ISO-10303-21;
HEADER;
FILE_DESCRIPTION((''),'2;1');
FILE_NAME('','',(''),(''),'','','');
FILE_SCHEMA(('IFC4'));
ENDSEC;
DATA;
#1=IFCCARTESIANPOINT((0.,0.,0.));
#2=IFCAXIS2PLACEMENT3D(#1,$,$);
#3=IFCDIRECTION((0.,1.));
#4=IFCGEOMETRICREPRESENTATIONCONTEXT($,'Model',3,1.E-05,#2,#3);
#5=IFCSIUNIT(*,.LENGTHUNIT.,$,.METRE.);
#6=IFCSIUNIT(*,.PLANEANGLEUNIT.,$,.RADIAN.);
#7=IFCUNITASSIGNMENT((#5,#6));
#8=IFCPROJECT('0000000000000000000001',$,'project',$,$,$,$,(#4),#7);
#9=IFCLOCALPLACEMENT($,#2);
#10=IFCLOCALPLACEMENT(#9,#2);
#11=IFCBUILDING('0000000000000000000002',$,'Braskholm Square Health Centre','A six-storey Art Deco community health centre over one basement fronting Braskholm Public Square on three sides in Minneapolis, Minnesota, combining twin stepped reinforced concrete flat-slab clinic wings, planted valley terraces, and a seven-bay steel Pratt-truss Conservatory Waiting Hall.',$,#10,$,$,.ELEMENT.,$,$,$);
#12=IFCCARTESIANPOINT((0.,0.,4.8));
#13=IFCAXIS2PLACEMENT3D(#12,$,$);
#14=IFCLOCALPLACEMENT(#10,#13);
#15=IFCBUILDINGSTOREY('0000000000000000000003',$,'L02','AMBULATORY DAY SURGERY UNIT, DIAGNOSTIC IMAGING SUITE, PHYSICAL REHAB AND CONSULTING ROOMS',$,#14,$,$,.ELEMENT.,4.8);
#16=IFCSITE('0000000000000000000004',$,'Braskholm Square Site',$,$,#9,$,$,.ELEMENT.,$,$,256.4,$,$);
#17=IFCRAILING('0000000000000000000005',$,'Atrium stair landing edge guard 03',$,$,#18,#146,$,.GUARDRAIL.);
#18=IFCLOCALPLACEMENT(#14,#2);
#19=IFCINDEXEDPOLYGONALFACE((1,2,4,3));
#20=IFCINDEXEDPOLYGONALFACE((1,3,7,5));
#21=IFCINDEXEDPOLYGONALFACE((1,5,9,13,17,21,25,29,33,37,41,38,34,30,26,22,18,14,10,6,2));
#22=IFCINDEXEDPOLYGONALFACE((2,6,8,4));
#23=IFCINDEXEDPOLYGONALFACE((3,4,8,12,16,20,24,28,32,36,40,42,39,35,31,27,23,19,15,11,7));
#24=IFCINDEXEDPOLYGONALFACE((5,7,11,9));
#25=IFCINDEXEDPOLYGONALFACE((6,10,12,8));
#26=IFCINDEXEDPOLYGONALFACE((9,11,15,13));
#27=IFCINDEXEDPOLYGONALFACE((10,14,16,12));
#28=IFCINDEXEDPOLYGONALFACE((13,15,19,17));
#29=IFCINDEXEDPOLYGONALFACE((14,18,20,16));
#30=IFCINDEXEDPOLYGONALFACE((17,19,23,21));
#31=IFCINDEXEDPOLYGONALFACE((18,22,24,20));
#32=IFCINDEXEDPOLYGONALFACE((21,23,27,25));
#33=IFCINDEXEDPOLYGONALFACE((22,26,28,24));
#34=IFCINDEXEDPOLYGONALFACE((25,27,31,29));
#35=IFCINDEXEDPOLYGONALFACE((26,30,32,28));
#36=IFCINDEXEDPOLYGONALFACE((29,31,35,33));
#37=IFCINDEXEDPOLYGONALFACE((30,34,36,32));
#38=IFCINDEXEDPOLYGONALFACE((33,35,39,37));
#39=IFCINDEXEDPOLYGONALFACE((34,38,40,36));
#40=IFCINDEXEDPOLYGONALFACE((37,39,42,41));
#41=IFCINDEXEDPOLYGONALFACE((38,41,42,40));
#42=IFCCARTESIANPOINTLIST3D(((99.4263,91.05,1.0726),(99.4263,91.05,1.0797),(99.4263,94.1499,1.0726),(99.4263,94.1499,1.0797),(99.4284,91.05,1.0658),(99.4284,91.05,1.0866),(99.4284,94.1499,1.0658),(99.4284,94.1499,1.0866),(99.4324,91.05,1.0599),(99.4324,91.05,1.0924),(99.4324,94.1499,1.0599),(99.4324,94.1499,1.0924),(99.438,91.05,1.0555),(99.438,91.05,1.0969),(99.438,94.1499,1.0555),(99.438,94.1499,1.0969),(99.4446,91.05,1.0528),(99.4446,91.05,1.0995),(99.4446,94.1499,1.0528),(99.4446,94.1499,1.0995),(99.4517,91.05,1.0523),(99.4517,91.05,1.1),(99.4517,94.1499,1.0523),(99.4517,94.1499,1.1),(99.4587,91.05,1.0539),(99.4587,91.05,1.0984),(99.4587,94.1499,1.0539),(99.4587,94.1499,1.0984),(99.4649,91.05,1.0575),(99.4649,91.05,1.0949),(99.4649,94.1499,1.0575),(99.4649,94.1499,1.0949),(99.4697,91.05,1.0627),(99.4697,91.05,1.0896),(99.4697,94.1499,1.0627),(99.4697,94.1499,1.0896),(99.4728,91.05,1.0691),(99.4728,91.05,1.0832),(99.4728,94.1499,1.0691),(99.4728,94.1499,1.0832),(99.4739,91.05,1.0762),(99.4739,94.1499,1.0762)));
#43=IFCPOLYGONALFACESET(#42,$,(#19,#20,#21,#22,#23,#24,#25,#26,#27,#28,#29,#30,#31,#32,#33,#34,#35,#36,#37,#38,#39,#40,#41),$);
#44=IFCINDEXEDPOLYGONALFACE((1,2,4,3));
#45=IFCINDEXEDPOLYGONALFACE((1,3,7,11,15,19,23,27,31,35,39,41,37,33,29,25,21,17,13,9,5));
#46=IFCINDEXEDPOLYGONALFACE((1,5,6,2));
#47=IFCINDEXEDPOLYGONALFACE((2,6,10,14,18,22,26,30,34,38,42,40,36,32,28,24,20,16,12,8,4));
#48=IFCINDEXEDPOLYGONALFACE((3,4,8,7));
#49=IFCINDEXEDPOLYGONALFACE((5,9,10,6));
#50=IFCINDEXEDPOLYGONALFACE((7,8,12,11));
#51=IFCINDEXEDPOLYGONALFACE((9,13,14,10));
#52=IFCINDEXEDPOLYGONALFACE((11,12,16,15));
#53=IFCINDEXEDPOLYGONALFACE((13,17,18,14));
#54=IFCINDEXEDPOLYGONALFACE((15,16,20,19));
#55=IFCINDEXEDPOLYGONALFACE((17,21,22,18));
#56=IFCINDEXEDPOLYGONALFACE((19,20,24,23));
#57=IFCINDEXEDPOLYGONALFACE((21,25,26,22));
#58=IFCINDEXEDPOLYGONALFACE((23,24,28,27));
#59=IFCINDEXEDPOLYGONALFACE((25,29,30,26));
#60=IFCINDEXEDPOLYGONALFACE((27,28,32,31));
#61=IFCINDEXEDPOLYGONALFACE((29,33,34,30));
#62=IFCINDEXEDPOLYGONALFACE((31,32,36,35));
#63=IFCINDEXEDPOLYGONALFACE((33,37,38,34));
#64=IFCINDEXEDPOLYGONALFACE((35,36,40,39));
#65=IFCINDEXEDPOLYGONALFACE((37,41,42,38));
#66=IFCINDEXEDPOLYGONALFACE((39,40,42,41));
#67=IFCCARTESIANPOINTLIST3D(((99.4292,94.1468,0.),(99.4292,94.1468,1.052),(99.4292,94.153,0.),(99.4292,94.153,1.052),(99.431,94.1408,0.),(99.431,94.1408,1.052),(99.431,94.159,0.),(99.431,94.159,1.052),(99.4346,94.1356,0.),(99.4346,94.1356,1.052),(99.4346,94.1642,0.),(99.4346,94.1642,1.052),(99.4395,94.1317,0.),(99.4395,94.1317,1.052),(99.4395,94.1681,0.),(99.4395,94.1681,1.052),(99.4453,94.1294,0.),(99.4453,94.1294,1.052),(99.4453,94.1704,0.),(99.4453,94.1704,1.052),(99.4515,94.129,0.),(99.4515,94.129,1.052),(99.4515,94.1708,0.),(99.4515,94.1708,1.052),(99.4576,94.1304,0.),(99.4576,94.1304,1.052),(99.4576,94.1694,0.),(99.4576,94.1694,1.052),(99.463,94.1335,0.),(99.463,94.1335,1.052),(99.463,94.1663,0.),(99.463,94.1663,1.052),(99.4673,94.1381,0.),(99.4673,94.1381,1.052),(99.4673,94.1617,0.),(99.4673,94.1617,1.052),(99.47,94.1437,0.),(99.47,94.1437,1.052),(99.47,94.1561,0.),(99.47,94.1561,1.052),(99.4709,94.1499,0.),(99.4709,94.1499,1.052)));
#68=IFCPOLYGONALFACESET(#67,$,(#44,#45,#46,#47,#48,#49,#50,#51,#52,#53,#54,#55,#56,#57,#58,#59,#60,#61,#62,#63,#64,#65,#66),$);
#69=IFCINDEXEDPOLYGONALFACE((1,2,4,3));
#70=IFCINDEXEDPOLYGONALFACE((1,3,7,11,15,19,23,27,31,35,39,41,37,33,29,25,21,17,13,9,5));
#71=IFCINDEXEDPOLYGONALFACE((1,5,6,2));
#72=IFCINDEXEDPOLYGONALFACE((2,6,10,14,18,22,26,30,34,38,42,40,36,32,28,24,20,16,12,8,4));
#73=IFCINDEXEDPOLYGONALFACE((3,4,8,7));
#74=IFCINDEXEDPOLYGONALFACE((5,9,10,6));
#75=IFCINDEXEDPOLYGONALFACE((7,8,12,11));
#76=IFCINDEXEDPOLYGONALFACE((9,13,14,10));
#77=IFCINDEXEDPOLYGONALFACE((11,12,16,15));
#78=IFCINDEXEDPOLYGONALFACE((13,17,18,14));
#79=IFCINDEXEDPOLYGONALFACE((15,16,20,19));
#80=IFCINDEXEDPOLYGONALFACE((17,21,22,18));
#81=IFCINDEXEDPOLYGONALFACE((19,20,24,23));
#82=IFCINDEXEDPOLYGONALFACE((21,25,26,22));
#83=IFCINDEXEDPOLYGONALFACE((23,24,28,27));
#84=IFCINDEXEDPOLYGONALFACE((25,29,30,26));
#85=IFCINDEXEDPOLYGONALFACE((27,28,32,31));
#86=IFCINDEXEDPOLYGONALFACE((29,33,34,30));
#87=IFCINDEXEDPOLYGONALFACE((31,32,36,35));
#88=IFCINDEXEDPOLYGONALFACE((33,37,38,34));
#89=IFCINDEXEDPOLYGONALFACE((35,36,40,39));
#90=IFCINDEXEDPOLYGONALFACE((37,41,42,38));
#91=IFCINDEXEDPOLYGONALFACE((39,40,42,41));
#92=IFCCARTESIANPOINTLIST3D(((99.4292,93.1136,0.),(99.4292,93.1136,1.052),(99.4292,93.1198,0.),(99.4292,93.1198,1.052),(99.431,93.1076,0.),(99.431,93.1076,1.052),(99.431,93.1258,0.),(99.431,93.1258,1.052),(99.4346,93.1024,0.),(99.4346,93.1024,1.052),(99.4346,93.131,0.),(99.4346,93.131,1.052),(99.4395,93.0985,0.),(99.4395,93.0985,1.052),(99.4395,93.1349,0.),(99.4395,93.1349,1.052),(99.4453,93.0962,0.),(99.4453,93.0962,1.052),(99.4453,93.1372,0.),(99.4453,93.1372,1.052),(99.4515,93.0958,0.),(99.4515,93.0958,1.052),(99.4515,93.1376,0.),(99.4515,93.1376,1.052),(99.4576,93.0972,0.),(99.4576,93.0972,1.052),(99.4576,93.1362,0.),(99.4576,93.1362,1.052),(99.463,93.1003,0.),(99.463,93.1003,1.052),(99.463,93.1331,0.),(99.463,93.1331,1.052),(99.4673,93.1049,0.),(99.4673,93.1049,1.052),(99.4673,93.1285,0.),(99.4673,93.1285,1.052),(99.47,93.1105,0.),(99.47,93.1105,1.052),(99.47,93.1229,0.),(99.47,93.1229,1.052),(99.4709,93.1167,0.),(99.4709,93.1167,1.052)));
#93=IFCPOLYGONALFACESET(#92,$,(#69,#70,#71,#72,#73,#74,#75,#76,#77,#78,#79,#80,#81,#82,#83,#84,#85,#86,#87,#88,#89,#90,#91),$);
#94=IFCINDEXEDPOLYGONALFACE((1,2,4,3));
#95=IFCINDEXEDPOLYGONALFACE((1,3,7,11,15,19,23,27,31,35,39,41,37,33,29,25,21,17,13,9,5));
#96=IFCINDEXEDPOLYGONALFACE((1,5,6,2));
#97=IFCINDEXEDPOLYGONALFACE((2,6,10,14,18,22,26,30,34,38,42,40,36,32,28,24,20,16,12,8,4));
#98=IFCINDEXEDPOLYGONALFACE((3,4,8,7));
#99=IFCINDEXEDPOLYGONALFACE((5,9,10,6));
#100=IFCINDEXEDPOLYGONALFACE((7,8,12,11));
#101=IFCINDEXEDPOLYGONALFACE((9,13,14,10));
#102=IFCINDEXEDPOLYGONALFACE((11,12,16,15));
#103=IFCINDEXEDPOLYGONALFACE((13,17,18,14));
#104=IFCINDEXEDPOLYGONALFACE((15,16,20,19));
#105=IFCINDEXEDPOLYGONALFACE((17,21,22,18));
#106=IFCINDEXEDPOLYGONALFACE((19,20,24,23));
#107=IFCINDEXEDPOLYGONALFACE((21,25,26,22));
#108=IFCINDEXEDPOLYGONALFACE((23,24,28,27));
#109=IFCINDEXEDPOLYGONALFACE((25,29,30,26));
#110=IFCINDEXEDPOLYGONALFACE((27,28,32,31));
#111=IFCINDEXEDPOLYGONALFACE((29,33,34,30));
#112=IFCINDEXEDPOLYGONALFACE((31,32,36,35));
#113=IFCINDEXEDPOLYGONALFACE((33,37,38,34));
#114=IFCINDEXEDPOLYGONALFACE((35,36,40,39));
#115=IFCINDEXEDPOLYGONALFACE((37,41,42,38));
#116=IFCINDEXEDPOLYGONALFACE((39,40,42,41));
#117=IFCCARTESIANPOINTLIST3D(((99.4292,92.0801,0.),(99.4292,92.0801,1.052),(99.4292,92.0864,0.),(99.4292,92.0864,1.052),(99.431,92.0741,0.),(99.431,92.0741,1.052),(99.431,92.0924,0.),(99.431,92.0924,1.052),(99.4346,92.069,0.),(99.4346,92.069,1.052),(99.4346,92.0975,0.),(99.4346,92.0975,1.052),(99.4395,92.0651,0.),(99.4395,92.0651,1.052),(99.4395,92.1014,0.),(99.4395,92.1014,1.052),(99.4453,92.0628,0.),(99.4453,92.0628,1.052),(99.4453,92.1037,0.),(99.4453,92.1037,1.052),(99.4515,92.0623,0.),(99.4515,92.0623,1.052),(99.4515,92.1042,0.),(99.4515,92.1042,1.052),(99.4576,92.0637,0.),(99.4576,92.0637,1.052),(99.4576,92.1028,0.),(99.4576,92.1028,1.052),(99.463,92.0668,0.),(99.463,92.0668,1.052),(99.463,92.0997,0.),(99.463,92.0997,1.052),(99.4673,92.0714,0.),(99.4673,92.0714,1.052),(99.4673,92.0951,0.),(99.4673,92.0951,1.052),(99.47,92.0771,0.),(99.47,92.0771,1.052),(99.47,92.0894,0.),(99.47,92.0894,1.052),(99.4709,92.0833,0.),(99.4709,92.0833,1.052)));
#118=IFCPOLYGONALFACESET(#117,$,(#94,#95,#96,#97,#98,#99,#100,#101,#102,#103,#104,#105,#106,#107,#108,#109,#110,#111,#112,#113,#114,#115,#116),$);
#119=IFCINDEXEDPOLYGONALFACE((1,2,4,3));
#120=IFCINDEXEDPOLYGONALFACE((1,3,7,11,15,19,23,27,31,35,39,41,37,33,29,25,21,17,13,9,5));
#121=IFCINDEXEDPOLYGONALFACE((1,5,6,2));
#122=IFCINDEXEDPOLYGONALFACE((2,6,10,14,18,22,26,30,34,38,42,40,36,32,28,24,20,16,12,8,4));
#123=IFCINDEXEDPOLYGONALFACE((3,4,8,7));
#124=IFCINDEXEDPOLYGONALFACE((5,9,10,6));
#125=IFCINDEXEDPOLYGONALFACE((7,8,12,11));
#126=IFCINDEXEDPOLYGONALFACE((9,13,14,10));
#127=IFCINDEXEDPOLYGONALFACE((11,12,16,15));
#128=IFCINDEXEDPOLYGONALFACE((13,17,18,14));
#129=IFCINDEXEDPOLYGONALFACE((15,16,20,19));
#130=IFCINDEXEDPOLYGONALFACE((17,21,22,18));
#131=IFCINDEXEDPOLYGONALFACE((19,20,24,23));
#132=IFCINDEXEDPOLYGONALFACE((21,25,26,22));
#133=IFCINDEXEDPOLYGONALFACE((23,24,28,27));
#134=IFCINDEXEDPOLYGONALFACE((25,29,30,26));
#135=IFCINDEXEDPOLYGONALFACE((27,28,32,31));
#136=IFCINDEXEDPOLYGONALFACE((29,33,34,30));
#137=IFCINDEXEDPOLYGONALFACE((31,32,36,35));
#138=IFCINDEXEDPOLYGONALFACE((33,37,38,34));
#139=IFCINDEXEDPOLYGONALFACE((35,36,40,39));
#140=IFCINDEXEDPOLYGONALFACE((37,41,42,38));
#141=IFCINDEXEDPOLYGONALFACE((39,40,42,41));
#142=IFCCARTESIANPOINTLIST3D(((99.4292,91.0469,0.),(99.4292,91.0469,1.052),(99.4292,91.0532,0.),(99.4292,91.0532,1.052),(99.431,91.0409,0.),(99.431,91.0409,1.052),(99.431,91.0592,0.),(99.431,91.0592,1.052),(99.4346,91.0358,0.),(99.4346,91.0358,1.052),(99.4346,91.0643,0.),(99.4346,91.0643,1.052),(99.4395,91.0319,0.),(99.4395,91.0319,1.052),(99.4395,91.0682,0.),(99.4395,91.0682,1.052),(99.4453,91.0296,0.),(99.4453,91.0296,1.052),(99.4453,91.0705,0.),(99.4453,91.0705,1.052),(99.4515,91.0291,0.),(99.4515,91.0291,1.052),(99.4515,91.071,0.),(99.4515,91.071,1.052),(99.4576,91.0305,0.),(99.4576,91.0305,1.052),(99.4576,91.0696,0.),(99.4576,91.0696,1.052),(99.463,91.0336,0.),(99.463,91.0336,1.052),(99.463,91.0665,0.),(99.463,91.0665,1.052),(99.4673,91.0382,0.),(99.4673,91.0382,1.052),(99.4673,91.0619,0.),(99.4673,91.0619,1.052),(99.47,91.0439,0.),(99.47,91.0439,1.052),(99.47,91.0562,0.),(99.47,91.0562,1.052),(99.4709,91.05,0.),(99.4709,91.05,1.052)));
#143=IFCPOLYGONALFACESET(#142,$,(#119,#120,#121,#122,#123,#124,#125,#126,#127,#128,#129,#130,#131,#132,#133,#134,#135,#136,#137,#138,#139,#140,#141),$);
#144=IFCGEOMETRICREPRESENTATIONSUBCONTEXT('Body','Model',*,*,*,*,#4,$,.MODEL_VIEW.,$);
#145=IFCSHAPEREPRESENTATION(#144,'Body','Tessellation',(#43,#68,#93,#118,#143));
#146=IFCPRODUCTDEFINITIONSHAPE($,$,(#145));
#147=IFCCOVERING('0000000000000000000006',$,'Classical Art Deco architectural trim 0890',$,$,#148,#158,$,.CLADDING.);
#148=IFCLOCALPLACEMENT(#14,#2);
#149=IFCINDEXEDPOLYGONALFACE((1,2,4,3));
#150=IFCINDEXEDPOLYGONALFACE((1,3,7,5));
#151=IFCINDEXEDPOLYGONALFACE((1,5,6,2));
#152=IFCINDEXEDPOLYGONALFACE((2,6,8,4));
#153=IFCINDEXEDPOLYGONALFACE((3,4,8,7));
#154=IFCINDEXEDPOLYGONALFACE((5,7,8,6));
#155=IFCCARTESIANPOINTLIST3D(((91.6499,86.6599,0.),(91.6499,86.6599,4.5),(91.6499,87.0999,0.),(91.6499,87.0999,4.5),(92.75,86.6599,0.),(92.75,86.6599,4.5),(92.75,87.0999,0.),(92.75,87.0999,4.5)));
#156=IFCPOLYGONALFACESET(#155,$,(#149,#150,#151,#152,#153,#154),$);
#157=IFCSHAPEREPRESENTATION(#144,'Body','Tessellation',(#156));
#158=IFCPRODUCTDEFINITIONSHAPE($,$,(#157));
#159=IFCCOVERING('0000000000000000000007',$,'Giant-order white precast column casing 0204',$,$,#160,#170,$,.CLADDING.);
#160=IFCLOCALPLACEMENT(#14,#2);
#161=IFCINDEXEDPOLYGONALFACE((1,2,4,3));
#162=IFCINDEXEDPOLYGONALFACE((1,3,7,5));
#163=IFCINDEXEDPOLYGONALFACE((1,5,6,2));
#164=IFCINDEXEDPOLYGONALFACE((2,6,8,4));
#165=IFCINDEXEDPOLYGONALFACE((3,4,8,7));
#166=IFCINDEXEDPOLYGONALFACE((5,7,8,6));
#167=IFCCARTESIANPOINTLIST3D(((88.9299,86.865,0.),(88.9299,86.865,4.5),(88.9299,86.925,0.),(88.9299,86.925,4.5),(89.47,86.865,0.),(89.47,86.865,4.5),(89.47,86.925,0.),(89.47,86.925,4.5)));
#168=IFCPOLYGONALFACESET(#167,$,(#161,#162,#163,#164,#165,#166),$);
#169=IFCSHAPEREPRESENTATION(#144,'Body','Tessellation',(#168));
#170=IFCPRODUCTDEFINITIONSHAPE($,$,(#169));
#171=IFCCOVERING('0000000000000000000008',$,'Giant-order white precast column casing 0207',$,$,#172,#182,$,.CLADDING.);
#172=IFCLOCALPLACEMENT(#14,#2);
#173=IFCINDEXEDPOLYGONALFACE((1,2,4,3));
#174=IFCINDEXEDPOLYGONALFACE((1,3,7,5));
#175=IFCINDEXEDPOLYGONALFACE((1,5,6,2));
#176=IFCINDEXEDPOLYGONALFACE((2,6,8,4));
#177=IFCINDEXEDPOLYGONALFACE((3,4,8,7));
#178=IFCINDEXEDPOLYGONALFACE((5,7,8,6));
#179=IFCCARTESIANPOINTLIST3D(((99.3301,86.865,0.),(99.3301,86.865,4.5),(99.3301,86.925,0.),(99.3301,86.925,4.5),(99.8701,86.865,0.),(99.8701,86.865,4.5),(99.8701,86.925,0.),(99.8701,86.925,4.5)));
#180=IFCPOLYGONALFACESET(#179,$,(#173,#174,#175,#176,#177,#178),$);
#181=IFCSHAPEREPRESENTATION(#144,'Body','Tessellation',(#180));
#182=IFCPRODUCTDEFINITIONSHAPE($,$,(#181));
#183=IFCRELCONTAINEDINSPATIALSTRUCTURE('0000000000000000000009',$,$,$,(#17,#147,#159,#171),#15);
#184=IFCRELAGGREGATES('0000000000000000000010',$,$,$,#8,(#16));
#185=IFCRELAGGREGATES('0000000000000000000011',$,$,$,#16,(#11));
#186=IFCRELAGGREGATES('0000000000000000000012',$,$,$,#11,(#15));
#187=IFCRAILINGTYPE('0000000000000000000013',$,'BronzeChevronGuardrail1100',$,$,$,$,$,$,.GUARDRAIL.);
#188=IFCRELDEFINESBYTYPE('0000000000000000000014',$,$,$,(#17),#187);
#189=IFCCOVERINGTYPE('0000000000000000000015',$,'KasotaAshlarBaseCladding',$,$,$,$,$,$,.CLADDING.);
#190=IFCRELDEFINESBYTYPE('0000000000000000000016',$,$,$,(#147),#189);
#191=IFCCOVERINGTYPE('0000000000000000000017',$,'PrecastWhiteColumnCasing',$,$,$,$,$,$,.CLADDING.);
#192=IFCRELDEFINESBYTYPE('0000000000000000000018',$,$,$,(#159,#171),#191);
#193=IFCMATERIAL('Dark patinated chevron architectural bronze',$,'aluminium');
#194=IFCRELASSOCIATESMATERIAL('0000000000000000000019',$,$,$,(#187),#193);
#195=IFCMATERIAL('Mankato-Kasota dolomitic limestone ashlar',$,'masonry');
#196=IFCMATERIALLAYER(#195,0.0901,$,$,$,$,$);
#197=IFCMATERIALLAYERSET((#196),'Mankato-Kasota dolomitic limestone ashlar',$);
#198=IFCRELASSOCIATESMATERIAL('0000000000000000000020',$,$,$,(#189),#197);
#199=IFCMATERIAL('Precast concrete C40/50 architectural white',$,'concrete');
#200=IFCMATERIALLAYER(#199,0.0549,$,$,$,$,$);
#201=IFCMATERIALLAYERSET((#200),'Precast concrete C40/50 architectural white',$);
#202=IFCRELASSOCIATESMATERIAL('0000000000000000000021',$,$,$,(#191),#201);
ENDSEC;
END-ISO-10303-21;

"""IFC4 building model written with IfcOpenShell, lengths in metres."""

from ifc_helpers import new_model, si_unit, direction, frame, origin, origin_2d, place, context, subcontext, project, spatial, rectangle, circle, extrude, material, layer, layer_set, type_object, element, save


model = new_model("IFC4")

# Units and contexts
model_context = context("Model", 3, precision=1e-05, world=origin(), true_north=direction((0.0, 1.0)))
body_context = subcontext(model_context, "Body", "Model", "MODEL_VIEW")
ifc_project = project(units=[si_unit("LENGTHUNIT", "METRE"), si_unit("PLANEANGLEUNIT", "RADIAN")], contexts=[model_context])

# Site, building, storey
site_placement = place(None, origin())
site = spatial("IfcSite", under=ifc_project, at=site_placement, Name="Braskholm Square Site", CompositionType="ELEMENT", RefElevation=256.4)
building_placement = place(site_placement, origin())
building = spatial("IfcBuilding", under=site, at=building_placement, Name="Braskholm Square Health Centre", Description="A six-storey Art Deco community health centre over one basement fronting Braskholm Public Square on three sides in Minneapolis, Minnesota, combining twin stepped reinforced concrete flat-slab clinic wings, planted valley terraces, and a seven-bay steel Pratt-truss Conservatory Waiting Hall.", CompositionType="ELEMENT")
storey_placement = place(building_placement, frame((0.0, 0.0, 4.8)))
storey = spatial("IfcBuildingStorey", under=building, at=storey_placement, Name="L02", Description="AMBULATORY DAY SURGERY UNIT, DIAGNOSTIC IMAGING SUITE, PHYSICAL REHAB AND CONSULTING ROOMS", CompositionType="ELEMENT", Elevation=4.8)

# Shared definitions
ifc_material_1 = material(Name="Precast concrete C40/50 architectural white", Category="concrete")

# Railing
ifc_material_2 = material(Name="Dark patinated chevron architectural bronze", Category="aluminium")
railing_type = type_object("IfcRailingType", Name="BronzeChevronGuardrail1100", PredefinedType="GUARDRAIL", material=ifc_material_2)
railing_placement = place(storey_placement, frame((99.45, 94.1499, 0.0)))
element("IfcRailing", 1, at=railing_placement, inside=storey, type_object=railing_type, Name="Atrium stair landing edge guard 03", PredefinedType="GUARDRAIL", context=body_context, shape_type="SweptSolid", body=[
    extrude(circle(Radius=0.0239, at=origin_2d()), frame((0.0, 0.0, 1.0762), z_axis=(0.0, -1.0, 0.0), x_axis=(1.0, 0.0, 0.0)), (0.0, 0.0, 1.0), 3.0999),
    extrude(circle(Radius=0.021, at=origin_2d()), origin(), (0.0, 0.0, 1.0), 1.052),
    extrude(circle(Radius=0.021, at=origin_2d()), frame((0.0, -1.0332, 0.0)), (0.0, 0.0, 1.0), 1.052),
    extrude(circle(Radius=0.021, at=origin_2d()), frame((0.0, -2.0667, 0.0)), (0.0, 0.0, 1.0), 1.052),
    extrude(circle(Radius=0.021, at=origin_2d()), frame((0.0, -3.0999, 0.0)), (0.0, 0.0, 1.0), 1.052),
])

# Coverings
ifc_material_3 = material(Name="Mankato-Kasota dolomitic limestone ashlar", Category="masonry")
ifc_layer_1 = layer(ifc_material_3, 0.0901)
ifc_layer_set_1 = layer_set([ifc_layer_1], Name="Mankato-Kasota dolomitic limestone ashlar")
covering_type_1 = type_object("IfcCoveringType", Name="KasotaAshlarBaseCladding", PredefinedType="CLADDING", material=ifc_layer_set_1)
covering_placement = place(storey_placement, frame((92.2, 86.8799, 0.0), z_axis=(0.0, 0.0, 1.0), x_axis=(1.0, 0.0, 0.0)))
element("IfcCovering", 2, at=covering_placement, inside=storey, type_object=covering_type_1, Name="Classical Art Deco architectural trim 0890", PredefinedType="CLADDING", context=body_context, shape_type="SweptSolid", body=[
    extrude(rectangle(XDim=1.1001, YDim=0.4399, at=origin_2d()), origin(), (0.0, 0.0, 1.0), 4.5),
])
ifc_layer_2 = layer(ifc_material_1, 0.0549)
ifc_layer_set_2 = layer_set([ifc_layer_2], Name="Precast concrete C40/50 architectural white")
covering_type_2 = type_object("IfcCoveringType", Name="PrecastWhiteColumnCasing", PredefinedType="CLADDING", material=ifc_layer_set_2)
for number, where, z_axis, x_axis, name in (
    (3, (89.2, 86.895, 0.0), (0.0, 0.0, 1.0), (1.0, 0.0, 0.0), "Giant-order white precast column casing 0204"),
    (4, (99.6001, 86.895, 0.0), (0.0, 0.0, 1.0), (1.0, 0.0, 0.0), "Giant-order white precast column casing 0207"),
):
    element("IfcCovering", number, at=place(storey_placement, frame(where, z_axis=z_axis, x_axis=x_axis)), inside=storey, type_object=covering_type_2, Name=name, PredefinedType="CLADDING", context=body_context, shape_type="SweptSolid", body=[
        extrude(rectangle(XDim=0.54, YDim=0.0601, at=origin_2d()), origin(), (0.0, 0.0, 1.0), 4.5),
    ])

save(model, "model.ifc")
